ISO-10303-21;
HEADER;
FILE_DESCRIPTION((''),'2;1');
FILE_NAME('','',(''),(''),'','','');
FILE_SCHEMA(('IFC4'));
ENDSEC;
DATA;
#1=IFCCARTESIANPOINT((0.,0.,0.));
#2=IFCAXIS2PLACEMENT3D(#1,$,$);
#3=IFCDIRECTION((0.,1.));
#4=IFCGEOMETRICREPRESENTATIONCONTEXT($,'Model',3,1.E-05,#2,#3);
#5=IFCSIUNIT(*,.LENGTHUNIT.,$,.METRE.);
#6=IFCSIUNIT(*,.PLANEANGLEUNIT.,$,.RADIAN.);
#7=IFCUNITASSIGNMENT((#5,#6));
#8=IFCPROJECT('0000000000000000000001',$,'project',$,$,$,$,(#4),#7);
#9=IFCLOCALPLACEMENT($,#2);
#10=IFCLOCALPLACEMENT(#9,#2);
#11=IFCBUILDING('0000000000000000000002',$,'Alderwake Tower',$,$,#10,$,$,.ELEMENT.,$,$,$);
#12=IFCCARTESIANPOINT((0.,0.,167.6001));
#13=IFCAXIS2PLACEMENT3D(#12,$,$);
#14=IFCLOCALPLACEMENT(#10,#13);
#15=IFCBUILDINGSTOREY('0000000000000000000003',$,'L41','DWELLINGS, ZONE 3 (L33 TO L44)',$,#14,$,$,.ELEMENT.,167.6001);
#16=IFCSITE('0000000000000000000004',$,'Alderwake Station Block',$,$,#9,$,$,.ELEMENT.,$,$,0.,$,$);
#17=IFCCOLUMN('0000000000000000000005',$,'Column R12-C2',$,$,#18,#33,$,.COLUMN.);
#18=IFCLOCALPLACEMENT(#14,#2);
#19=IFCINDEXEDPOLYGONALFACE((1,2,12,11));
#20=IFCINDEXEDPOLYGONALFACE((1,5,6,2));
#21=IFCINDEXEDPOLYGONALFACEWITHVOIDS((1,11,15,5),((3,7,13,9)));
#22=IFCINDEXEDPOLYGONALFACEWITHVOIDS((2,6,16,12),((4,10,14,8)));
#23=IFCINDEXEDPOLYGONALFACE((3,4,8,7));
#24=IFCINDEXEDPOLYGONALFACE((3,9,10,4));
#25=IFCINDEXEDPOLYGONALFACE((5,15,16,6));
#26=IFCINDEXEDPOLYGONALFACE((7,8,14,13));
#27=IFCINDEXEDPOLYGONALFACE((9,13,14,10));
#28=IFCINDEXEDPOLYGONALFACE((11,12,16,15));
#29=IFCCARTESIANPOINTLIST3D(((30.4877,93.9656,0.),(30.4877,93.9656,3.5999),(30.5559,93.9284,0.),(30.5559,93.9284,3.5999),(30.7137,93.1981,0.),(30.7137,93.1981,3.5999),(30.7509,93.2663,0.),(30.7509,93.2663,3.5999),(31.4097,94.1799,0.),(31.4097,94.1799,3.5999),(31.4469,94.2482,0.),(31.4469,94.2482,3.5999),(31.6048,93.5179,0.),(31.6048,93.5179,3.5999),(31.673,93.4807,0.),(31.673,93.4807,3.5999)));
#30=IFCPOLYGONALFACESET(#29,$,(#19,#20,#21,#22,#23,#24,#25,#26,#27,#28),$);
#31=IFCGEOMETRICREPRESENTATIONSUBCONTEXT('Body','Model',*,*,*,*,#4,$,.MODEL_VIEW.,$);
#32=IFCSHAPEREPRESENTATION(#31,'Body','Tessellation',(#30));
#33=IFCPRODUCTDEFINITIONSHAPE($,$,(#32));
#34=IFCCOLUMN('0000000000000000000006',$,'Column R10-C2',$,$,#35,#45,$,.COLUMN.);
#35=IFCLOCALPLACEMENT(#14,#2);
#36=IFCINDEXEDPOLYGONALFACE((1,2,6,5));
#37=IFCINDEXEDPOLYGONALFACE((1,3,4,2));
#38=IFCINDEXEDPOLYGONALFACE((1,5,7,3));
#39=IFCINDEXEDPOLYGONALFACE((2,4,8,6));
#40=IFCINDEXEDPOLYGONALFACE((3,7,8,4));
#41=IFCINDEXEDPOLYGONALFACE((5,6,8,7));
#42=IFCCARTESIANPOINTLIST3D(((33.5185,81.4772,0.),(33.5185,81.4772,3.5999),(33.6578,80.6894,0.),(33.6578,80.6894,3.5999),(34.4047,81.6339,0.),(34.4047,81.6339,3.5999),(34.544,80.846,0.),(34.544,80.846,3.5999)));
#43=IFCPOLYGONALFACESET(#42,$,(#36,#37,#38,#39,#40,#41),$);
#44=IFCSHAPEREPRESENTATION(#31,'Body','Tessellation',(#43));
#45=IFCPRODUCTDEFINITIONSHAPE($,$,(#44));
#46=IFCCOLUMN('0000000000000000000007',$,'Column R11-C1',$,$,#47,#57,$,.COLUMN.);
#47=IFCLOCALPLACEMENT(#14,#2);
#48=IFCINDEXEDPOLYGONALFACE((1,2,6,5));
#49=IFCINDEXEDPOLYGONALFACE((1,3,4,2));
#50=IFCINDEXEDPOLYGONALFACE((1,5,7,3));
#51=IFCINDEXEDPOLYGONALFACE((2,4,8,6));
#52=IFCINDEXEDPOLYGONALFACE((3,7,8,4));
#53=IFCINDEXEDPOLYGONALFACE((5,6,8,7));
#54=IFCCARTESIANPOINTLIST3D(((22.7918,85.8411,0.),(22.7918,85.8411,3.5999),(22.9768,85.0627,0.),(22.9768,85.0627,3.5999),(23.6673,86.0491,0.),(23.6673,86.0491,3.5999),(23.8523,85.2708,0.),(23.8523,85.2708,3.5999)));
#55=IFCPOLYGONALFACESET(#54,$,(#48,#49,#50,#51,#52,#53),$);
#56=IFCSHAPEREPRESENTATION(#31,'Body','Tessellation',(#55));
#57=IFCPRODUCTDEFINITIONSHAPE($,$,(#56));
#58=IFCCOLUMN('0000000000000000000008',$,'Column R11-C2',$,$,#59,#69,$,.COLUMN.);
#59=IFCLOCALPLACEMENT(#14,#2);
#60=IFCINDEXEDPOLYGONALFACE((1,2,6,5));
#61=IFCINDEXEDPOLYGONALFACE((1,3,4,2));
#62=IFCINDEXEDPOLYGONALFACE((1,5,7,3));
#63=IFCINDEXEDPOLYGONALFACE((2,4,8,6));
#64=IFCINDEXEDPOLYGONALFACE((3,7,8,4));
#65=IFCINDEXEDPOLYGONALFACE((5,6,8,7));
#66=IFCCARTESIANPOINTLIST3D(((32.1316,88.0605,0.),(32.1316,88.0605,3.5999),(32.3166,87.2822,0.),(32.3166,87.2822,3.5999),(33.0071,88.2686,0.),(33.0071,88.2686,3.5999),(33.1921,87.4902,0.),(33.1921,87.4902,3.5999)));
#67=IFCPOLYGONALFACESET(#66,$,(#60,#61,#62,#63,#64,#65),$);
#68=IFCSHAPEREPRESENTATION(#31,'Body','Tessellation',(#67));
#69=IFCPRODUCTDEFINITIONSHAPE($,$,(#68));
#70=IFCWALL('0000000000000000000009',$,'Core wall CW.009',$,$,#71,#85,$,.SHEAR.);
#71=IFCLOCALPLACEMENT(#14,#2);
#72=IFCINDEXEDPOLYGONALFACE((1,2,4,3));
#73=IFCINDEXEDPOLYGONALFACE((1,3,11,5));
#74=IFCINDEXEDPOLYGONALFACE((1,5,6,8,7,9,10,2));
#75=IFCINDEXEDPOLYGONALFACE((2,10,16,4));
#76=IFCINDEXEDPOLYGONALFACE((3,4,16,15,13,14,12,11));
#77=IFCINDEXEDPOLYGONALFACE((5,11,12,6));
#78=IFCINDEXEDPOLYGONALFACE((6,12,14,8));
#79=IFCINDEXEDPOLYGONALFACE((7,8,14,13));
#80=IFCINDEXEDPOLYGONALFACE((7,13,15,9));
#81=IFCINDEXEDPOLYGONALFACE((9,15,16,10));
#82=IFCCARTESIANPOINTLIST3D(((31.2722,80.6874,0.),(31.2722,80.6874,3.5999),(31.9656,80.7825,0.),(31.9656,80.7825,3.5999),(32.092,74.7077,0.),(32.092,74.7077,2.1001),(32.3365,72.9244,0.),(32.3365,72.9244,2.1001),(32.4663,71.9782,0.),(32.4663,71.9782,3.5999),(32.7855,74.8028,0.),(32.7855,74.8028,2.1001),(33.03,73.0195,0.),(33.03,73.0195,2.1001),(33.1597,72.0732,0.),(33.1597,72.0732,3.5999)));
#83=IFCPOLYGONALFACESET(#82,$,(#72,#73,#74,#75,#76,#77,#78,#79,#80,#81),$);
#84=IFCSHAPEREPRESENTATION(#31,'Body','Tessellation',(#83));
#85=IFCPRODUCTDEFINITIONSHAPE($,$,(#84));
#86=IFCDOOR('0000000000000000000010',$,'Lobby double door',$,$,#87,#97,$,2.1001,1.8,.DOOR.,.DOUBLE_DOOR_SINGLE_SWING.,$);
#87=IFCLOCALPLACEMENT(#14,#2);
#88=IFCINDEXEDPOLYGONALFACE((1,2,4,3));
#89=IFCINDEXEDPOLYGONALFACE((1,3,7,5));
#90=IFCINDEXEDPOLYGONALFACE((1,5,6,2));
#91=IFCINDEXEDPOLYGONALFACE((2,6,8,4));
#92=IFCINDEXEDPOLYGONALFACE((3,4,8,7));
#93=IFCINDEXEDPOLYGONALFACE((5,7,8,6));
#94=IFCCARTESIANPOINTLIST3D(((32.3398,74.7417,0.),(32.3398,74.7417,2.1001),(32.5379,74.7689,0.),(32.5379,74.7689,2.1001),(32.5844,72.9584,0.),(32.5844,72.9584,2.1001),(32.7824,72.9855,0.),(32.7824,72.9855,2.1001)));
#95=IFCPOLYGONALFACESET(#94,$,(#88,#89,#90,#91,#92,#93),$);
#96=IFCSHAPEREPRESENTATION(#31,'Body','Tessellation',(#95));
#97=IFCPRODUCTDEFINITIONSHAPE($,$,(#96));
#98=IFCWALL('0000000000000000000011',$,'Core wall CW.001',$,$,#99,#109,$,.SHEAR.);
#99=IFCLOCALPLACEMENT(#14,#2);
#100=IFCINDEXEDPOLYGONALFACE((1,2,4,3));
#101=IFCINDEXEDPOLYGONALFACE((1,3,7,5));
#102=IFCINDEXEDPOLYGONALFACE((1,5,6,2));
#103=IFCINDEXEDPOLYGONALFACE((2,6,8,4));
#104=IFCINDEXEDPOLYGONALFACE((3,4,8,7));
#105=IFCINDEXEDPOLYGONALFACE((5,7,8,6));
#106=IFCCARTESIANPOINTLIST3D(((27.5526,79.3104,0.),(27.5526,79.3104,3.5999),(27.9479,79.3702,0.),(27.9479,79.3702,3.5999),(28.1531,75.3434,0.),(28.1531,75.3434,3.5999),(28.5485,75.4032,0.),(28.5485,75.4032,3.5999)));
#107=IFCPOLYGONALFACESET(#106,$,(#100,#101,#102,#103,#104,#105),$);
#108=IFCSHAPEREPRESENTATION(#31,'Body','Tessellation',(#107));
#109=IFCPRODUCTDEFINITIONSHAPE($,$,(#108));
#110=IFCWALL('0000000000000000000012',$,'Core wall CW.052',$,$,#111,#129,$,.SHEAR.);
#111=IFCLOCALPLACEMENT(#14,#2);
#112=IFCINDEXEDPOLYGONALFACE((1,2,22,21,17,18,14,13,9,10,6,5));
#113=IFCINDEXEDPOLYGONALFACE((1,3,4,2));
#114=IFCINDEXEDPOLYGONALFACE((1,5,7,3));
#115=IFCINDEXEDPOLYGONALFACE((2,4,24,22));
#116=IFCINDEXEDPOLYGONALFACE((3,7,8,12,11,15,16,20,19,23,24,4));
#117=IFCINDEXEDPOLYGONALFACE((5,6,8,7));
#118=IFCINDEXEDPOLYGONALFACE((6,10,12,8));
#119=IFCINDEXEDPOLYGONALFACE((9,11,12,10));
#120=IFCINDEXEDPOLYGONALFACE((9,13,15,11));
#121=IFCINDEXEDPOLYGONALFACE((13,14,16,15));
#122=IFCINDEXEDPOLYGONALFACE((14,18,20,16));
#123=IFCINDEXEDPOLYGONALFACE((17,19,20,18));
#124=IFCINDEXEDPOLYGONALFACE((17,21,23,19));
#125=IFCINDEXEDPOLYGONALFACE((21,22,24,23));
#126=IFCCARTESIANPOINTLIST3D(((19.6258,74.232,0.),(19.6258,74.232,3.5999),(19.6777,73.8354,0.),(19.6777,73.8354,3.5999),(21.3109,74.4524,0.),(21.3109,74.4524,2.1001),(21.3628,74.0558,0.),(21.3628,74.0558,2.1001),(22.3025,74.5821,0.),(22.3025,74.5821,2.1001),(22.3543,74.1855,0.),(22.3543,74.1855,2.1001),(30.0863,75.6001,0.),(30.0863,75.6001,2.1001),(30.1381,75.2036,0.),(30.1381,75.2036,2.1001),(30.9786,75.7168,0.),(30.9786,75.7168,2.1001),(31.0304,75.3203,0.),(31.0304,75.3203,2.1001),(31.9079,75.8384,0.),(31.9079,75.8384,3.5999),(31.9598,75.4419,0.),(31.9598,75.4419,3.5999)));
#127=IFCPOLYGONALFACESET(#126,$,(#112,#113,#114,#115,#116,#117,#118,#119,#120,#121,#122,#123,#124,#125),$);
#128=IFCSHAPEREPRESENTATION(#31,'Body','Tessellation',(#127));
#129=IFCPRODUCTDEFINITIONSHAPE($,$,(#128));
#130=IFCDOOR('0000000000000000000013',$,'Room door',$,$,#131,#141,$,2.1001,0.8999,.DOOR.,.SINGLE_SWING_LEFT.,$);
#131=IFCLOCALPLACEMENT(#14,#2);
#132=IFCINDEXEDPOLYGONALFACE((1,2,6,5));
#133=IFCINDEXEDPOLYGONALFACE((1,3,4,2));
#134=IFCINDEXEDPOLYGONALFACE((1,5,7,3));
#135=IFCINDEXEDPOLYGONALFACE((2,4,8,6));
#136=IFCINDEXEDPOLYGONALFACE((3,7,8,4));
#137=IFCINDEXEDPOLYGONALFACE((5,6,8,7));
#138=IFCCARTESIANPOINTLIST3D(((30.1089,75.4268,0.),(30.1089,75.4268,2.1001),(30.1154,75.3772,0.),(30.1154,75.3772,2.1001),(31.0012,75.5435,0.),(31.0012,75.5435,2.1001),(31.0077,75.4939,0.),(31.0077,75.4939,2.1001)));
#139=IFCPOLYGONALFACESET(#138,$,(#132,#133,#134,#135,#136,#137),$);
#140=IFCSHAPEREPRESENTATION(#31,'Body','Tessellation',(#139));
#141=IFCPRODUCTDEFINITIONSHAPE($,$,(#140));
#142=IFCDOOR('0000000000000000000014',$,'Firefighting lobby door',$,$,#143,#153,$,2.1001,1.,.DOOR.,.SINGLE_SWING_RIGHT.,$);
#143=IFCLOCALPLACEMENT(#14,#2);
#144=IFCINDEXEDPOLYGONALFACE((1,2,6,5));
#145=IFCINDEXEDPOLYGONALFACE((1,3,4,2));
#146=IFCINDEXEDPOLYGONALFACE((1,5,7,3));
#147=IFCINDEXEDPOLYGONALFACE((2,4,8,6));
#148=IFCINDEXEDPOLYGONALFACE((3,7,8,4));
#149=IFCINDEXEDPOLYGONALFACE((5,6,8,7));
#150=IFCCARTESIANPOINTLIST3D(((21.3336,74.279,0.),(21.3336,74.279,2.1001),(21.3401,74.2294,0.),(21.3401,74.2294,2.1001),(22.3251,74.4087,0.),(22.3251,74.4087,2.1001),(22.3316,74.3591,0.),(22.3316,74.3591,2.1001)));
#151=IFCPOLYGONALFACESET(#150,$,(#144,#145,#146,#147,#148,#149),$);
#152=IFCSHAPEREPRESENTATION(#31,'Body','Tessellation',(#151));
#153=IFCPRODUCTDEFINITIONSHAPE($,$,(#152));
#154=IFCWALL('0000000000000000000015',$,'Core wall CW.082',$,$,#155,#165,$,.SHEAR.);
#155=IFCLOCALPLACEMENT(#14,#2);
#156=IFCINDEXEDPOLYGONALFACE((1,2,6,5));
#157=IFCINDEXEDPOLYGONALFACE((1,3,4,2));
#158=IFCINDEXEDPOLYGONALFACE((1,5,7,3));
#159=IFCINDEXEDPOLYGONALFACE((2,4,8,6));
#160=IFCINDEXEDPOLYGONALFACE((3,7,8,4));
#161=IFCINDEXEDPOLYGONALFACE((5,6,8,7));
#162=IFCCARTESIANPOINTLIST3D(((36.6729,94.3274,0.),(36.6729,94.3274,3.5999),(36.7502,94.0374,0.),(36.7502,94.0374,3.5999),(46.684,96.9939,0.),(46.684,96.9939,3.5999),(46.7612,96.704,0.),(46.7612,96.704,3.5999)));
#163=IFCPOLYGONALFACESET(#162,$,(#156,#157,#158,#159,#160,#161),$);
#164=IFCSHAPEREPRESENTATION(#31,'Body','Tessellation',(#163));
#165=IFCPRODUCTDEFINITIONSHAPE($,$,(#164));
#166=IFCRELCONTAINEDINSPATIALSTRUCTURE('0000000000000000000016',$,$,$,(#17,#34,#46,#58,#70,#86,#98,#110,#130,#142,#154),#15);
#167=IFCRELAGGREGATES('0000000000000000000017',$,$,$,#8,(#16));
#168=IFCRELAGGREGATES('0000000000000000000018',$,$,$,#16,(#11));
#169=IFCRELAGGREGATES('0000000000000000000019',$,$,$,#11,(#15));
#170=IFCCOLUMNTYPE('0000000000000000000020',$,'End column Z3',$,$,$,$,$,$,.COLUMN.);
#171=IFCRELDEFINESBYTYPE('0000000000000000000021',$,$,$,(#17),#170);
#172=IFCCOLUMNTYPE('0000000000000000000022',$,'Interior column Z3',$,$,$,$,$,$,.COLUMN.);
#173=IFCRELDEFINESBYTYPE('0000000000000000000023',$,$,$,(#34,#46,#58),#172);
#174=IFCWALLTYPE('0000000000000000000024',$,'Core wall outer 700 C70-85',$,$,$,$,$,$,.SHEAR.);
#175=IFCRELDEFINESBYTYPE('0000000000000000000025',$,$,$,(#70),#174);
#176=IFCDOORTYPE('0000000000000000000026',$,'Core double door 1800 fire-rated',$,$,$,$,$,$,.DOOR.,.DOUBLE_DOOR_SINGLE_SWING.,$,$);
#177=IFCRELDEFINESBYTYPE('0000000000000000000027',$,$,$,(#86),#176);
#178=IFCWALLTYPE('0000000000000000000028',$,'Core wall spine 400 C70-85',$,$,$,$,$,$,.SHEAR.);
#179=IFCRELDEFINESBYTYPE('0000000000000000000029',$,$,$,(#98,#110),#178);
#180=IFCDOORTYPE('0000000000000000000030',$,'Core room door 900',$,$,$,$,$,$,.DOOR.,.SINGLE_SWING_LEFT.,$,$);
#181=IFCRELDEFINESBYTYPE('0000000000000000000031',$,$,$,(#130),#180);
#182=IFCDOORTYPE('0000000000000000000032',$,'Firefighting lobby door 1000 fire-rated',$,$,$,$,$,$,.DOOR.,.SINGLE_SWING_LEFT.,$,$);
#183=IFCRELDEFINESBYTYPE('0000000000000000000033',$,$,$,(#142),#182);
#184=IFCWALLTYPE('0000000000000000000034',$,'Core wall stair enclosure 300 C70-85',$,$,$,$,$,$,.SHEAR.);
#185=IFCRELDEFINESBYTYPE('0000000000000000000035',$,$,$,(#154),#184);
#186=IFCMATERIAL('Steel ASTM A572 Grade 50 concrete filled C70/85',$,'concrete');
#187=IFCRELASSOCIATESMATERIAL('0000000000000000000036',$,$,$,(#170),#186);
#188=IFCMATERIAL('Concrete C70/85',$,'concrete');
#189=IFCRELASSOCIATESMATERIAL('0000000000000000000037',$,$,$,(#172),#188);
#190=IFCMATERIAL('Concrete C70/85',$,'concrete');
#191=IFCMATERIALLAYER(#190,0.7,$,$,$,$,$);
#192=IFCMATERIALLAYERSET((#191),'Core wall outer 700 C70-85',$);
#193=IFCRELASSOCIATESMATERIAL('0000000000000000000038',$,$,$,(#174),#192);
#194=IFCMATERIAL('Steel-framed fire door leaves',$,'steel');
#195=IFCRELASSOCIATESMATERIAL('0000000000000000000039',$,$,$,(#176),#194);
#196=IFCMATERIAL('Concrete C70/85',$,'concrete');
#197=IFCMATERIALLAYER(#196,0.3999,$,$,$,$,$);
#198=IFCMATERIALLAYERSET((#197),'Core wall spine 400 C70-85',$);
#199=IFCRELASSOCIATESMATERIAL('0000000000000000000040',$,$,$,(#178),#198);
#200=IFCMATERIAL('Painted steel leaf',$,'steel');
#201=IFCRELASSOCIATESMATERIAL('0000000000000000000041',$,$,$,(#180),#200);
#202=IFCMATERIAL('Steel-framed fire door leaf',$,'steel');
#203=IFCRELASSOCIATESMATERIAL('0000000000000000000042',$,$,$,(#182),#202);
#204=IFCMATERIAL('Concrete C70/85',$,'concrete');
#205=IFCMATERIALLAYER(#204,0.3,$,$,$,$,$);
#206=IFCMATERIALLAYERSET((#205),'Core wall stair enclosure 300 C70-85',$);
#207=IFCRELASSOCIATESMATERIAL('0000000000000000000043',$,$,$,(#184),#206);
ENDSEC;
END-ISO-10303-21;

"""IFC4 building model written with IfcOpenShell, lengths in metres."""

from ifc_helpers import new_model, si_unit, direction, frame, frame_2d, origin, origin_2d, place, context, subcontext, project, spatial, rectangle, hollow_rectangle, extrude, material, layer, layer_set, material_profile, profile_set, type_object, element, fill, save


model = new_model("IFC4")

# Units and contexts
model_context = context("Model", 3, precision=1e-05, world=origin(), true_north=direction((0.0, 1.0)))
body_context = subcontext(model_context, "Body", "Model", "MODEL_VIEW")
ifc_project = project(units=[si_unit("LENGTHUNIT", "METRE"), si_unit("PLANEANGLEUNIT", "RADIAN")], contexts=[model_context])

# Site, building, storey
site_placement = place(None, origin())
site = spatial("IfcSite", under=ifc_project, at=site_placement, Name="Alderwake Station Block", CompositionType="ELEMENT", RefElevation=0.0)
building_placement = place(site_placement, origin())
building = spatial("IfcBuilding", under=site, at=building_placement, Name="Alderwake Tower", CompositionType="ELEMENT")
storey_placement = place(building_placement, frame((0.0, 0.0, 167.6001)))
storey = spatial("IfcBuildingStorey", under=building, at=storey_placement, Name="L41", Description="DWELLINGS, ZONE 3 (L33 TO L44)", CompositionType="ELEMENT", Elevation=167.6001)

# Columns
ifc_material_1 = material(Name="Steel ASTM A572 Grade 50 concrete filled C70/85", Category="concrete")
ifc_material_profile_1 = material_profile(ifc_material_1, hollow_rectangle(XDim=0.8, YDim=1.0, WallThickness=0.0549, at=origin_2d()), Name="BOX 1000X800X55")
ifc_profile_set_1 = profile_set([ifc_material_profile_1], Name="Steel ASTM A572 Grade 50 concrete filled C70/85")
column_type_1 = type_object("IfcColumnType", Name="End column Z3", PredefinedType="COLUMN", material=ifc_profile_set_1)
column_placement = place(storey_placement, frame((31.0803, 93.7231, 0.0), z_axis=(0.0, 0.0, 1.0), x_axis=(-0.282583, 0.959243, 0.0)))
element("IfcColumn", 1, at=column_placement, inside=storey, type_object=column_type_1, Name="Column R12-C2", PredefinedType="COLUMN", context=body_context, shape_type="SweptSolid", body=[
    extrude(hollow_rectangle(XDim=0.8, YDim=1.0, WallThickness=0.0549, at=origin_2d()), origin(), (0.0, 0.0, 1.0), 3.5999),
])
ifc_material_2 = material(Name="Concrete C70/85", Category="concrete")
ifc_material_profile_2 = material_profile(ifc_material_2, rectangle(XDim=0.8, YDim=0.8999, at=origin_2d()), Name="RC 900X800")
ifc_profile_set_2 = profile_set([ifc_material_profile_2], Name="Concrete C70/85")
column_type_2 = type_object("IfcColumnType", Name="Interior column Z3", PredefinedType="COLUMN", material=ifc_profile_set_2)
for number, where, z_axis, x_axis, name in (
    (2, (34.0312, 81.1616, 0.0), (0.0, 0.0, 1.0), (-0.174109, 0.984726, 0.0), "Column R10-C2"),
    (3, (23.322, 85.5559, 0.0), (0.0, 0.0, 1.0), (-0.231222, 0.972901, 0.0), "Column R11-C1"),
    (4, (32.6619, 87.7754, 0.0), (0.0, 0.0, 1.0), (-0.231222, 0.972901, 0.0), "Column R11-C2"),
):
    element("IfcColumn", number, at=place(storey_placement, frame(where, z_axis=z_axis, x_axis=x_axis)), inside=storey, type_object=column_type_2, Name=name, PredefinedType="COLUMN", context=body_context, shape_type="SweptSolid", body=[
        extrude(rectangle(XDim=0.8, YDim=0.8999, at=origin_2d()), origin(), (0.0, 0.0, 1.0), 3.5999),
    ])

# Wall, opening, door
ifc_material_3 = material(Name="Concrete C70/85", Category="concrete")
ifc_layer_1 = layer(ifc_material_3, 0.7)
ifc_layer_set_1 = layer_set([ifc_layer_1], Name="Core wall outer 700 C70-85")
wall_type_1 = type_object("IfcWallType", Name="Core wall outer 700 C70-85", PredefinedType="SHEAR", material=ifc_layer_set_1)
wall_1_placement = place(storey_placement, frame((31.6189, 80.7351, 0.0), z_axis=(0.0, 0.0, 1.0), x_axis=(0.135836, -0.990731, 0.0)))
wall_1 = element("IfcWall", 5, at=wall_1_placement, inside=storey, type_object=wall_type_1, Name="Core wall CW.009", PredefinedType="SHEAR", context=body_context, shape_type="SweptSolid", body=[
    extrude(rectangle(XDim=8.7908, YDim=0.7, at=frame_2d((4.3955, 0.0))), origin(), (0.0, 0.0, 1.0), 3.5999),
])
opening_1_placement = place(wall_1_placement, frame((6.0359, 0.0, 0.0)))
opening_1 = element("IfcOpeningElement", 6, at=opening_1_placement, cuts=wall_1, PredefinedType="OPENING", context=body_context, shape_type="SweptSolid", body=[
    extrude(rectangle(XDim=1.8, YDim=2.1001, at=frame_2d((0.8999, 1.05))), frame((0.0, 0.3599, 0.0), z_axis=(0.0, -1.0, 0.0), x_axis=(1.0, 0.0, 0.0)), (0.0, 0.0, 1.0), 0.72),
])
ifc_material_4 = material(Name="Steel-framed fire door leaves", Category="steel")
door_type_1 = type_object("IfcDoorType", Name="Core double door 1800 fire-rated", OperationType="DOUBLE_DOOR_SINGLE_SWING", PredefinedType="DOOR", material=ifc_material_4)
door_1_placement = place(opening_1_placement, origin())
door_1 = element("IfcDoor", 7, at=door_1_placement, inside=storey, type_object=door_type_1, Name="Lobby double door", OperationType="DOUBLE_DOOR_SINGLE_SWING", OverallHeight=2.1001, OverallWidth=1.8, PredefinedType="DOOR", context=body_context, shape_type="SweptSolid", body=[
    extrude(rectangle(XDim=1.8, YDim=2.1001, at=frame_2d((0.8999, 1.05))), frame((0.0, 0.1001, 0.0), z_axis=(0.0, -1.0, 0.0), x_axis=(1.0, 0.0, 0.0)), (0.0, 0.0, 1.0), 0.2),
])
fill(opening_1, door_1)

# Wall
ifc_material_5 = material(Name="Concrete C70/85", Category="concrete")
ifc_layer_2 = layer(ifc_material_5, 0.3999)
ifc_layer_set_2 = layer_set([ifc_layer_2], Name="Core wall spine 400 C70-85")
wall_type_2 = type_object("IfcWallType", Name="Core wall spine 400 C70-85", PredefinedType="SHEAR", material=ifc_layer_set_2)
wall_2_placement = place(storey_placement, frame((28.3508, 75.3733, 0.0), z_axis=(0.0, 0.0, 1.0), x_axis=(-0.149688, 0.988733, 0.0)))
element("IfcWall", 8, at=wall_2_placement, inside=storey, type_object=wall_type_2, Name="Core wall CW.001", PredefinedType="SHEAR", context=body_context, shape_type="SweptSolid", body=[
    extrude(rectangle(XDim=4.0122, YDim=0.3999, at=frame_2d((2.0061, 0.0))), origin(), (0.0, 0.0, 1.0), 3.5999),
])

# Wall, openings, doors
wall_3_placement = place(storey_placement, frame((31.9338, 75.6401, 0.0), z_axis=(0.0, 0.0, 1.0), x_axis=(-0.991555, -0.12969, 0.0)))
wall_3 = element("IfcWall", 9, at=wall_3_placement, inside=storey, type_object=wall_type_2, Name="Core wall CW.052", PredefinedType="SHEAR", context=body_context, shape_type="SweptSolid", body=[
    extrude(rectangle(XDim=12.3867, YDim=0.3999, at=frame_2d((6.1934, 0.0))), origin(), (0.0, 0.0, 1.0), 3.5999),
])
opening_2_placement = place(wall_3_placement, frame((9.6873, 0.0, 0.0)))
opening_2 = element("IfcOpeningElement", 10, at=opening_2_placement, cuts=wall_3, PredefinedType="OPENING", context=body_context, shape_type="SweptSolid", body=[
    extrude(rectangle(XDim=1.0, YDim=2.1001, at=frame_2d((0.5, 1.05))), frame((0.0, 0.21, 0.0), z_axis=(0.0, -1.0, 0.0), x_axis=(1.0, 0.0, 0.0)), (0.0, 0.0, 1.0), 0.4199),
])
opening_3_placement = place(wall_3_placement, frame((0.9373, 0.0, 0.0)))
opening_3 = element("IfcOpeningElement", 11, at=opening_3_placement, cuts=wall_3, PredefinedType="OPENING", context=body_context, shape_type="SweptSolid", body=[
    extrude(rectangle(XDim=0.8999, YDim=2.1001, at=frame_2d((0.45, 1.05))), frame((0.0, 0.21, 0.0), z_axis=(0.0, -1.0, 0.0), x_axis=(1.0, 0.0, 0.0)), (0.0, 0.0, 1.0), 0.4199),
])
ifc_material_6 = material(Name="Painted steel leaf", Category="steel")
door_type_2 = type_object("IfcDoorType", Name="Core room door 900", OperationType="SINGLE_SWING_LEFT", PredefinedType="DOOR", material=ifc_material_6)
door_2_placement = place(opening_3_placement, origin())
door_2 = element("IfcDoor", 12, at=door_2_placement, inside=storey, type_object=door_type_2, Name="Room door", OperationType="SINGLE_SWING_LEFT", OverallHeight=2.1001, OverallWidth=0.8999, PredefinedType="DOOR", context=body_context, shape_type="SweptSolid", body=[
    extrude(rectangle(XDim=0.8999, YDim=2.1001, at=frame_2d((0.45, 1.05))), frame((0.0, 0.0249, 0.0), z_axis=(0.0, -1.0, 0.0), x_axis=(1.0, 0.0, 0.0)), (0.0, 0.0, 1.0), 0.05),
])
fill(opening_3, door_2)
ifc_material_7 = material(Name="Steel-framed fire door leaf", Category="steel")
door_type_3 = type_object("IfcDoorType", Name="Firefighting lobby door 1000 fire-rated", OperationType="SINGLE_SWING_LEFT", PredefinedType="DOOR", material=ifc_material_7)
door_3_placement = place(opening_2_placement, origin())
door_3 = element("IfcDoor", 13, at=door_3_placement, inside=storey, type_object=door_type_3, Name="Firefighting lobby door", OperationType="SINGLE_SWING_RIGHT", OverallHeight=2.1001, OverallWidth=1.0, PredefinedType="DOOR", context=body_context, shape_type="SweptSolid", body=[
    extrude(rectangle(XDim=1.0, YDim=2.1001, at=frame_2d((0.5, 1.05))), frame((0.0, 0.0249, 0.0), z_axis=(0.0, -1.0, 0.0), x_axis=(1.0, 0.0, 0.0)), (0.0, 0.0, 1.0), 0.05),
])
fill(opening_2, door_3)

# Wall
ifc_material_8 = material(Name="Concrete C70/85", Category="concrete")
ifc_layer_3 = layer(ifc_material_8, 0.3)
ifc_layer_set_3 = layer_set([ifc_layer_3], Name="Core wall stair enclosure 300 C70-85")
wall_type_3 = type_object("IfcWallType", Name="Core wall stair enclosure 300 C70-85", PredefinedType="SHEAR", material=ifc_layer_set_3)
wall_4_placement = place(storey_placement, frame((36.7114, 94.1824, 0.0), z_axis=(0.0, 0.0, 1.0), x_axis=(0.966309, 0.257384, 0.0)))
element("IfcWall", 14, at=wall_4_placement, inside=storey, type_object=wall_type_3, Name="Core wall CW.082", PredefinedType="SHEAR", context=body_context, shape_type="SweptSolid", body=[
    extrude(rectangle(XDim=10.3601, YDim=0.3, at=frame_2d((5.1802, 0.0))), origin(), (0.0, 0.0, 1.0), 3.5999),
])

save(model, "model.ifc")
